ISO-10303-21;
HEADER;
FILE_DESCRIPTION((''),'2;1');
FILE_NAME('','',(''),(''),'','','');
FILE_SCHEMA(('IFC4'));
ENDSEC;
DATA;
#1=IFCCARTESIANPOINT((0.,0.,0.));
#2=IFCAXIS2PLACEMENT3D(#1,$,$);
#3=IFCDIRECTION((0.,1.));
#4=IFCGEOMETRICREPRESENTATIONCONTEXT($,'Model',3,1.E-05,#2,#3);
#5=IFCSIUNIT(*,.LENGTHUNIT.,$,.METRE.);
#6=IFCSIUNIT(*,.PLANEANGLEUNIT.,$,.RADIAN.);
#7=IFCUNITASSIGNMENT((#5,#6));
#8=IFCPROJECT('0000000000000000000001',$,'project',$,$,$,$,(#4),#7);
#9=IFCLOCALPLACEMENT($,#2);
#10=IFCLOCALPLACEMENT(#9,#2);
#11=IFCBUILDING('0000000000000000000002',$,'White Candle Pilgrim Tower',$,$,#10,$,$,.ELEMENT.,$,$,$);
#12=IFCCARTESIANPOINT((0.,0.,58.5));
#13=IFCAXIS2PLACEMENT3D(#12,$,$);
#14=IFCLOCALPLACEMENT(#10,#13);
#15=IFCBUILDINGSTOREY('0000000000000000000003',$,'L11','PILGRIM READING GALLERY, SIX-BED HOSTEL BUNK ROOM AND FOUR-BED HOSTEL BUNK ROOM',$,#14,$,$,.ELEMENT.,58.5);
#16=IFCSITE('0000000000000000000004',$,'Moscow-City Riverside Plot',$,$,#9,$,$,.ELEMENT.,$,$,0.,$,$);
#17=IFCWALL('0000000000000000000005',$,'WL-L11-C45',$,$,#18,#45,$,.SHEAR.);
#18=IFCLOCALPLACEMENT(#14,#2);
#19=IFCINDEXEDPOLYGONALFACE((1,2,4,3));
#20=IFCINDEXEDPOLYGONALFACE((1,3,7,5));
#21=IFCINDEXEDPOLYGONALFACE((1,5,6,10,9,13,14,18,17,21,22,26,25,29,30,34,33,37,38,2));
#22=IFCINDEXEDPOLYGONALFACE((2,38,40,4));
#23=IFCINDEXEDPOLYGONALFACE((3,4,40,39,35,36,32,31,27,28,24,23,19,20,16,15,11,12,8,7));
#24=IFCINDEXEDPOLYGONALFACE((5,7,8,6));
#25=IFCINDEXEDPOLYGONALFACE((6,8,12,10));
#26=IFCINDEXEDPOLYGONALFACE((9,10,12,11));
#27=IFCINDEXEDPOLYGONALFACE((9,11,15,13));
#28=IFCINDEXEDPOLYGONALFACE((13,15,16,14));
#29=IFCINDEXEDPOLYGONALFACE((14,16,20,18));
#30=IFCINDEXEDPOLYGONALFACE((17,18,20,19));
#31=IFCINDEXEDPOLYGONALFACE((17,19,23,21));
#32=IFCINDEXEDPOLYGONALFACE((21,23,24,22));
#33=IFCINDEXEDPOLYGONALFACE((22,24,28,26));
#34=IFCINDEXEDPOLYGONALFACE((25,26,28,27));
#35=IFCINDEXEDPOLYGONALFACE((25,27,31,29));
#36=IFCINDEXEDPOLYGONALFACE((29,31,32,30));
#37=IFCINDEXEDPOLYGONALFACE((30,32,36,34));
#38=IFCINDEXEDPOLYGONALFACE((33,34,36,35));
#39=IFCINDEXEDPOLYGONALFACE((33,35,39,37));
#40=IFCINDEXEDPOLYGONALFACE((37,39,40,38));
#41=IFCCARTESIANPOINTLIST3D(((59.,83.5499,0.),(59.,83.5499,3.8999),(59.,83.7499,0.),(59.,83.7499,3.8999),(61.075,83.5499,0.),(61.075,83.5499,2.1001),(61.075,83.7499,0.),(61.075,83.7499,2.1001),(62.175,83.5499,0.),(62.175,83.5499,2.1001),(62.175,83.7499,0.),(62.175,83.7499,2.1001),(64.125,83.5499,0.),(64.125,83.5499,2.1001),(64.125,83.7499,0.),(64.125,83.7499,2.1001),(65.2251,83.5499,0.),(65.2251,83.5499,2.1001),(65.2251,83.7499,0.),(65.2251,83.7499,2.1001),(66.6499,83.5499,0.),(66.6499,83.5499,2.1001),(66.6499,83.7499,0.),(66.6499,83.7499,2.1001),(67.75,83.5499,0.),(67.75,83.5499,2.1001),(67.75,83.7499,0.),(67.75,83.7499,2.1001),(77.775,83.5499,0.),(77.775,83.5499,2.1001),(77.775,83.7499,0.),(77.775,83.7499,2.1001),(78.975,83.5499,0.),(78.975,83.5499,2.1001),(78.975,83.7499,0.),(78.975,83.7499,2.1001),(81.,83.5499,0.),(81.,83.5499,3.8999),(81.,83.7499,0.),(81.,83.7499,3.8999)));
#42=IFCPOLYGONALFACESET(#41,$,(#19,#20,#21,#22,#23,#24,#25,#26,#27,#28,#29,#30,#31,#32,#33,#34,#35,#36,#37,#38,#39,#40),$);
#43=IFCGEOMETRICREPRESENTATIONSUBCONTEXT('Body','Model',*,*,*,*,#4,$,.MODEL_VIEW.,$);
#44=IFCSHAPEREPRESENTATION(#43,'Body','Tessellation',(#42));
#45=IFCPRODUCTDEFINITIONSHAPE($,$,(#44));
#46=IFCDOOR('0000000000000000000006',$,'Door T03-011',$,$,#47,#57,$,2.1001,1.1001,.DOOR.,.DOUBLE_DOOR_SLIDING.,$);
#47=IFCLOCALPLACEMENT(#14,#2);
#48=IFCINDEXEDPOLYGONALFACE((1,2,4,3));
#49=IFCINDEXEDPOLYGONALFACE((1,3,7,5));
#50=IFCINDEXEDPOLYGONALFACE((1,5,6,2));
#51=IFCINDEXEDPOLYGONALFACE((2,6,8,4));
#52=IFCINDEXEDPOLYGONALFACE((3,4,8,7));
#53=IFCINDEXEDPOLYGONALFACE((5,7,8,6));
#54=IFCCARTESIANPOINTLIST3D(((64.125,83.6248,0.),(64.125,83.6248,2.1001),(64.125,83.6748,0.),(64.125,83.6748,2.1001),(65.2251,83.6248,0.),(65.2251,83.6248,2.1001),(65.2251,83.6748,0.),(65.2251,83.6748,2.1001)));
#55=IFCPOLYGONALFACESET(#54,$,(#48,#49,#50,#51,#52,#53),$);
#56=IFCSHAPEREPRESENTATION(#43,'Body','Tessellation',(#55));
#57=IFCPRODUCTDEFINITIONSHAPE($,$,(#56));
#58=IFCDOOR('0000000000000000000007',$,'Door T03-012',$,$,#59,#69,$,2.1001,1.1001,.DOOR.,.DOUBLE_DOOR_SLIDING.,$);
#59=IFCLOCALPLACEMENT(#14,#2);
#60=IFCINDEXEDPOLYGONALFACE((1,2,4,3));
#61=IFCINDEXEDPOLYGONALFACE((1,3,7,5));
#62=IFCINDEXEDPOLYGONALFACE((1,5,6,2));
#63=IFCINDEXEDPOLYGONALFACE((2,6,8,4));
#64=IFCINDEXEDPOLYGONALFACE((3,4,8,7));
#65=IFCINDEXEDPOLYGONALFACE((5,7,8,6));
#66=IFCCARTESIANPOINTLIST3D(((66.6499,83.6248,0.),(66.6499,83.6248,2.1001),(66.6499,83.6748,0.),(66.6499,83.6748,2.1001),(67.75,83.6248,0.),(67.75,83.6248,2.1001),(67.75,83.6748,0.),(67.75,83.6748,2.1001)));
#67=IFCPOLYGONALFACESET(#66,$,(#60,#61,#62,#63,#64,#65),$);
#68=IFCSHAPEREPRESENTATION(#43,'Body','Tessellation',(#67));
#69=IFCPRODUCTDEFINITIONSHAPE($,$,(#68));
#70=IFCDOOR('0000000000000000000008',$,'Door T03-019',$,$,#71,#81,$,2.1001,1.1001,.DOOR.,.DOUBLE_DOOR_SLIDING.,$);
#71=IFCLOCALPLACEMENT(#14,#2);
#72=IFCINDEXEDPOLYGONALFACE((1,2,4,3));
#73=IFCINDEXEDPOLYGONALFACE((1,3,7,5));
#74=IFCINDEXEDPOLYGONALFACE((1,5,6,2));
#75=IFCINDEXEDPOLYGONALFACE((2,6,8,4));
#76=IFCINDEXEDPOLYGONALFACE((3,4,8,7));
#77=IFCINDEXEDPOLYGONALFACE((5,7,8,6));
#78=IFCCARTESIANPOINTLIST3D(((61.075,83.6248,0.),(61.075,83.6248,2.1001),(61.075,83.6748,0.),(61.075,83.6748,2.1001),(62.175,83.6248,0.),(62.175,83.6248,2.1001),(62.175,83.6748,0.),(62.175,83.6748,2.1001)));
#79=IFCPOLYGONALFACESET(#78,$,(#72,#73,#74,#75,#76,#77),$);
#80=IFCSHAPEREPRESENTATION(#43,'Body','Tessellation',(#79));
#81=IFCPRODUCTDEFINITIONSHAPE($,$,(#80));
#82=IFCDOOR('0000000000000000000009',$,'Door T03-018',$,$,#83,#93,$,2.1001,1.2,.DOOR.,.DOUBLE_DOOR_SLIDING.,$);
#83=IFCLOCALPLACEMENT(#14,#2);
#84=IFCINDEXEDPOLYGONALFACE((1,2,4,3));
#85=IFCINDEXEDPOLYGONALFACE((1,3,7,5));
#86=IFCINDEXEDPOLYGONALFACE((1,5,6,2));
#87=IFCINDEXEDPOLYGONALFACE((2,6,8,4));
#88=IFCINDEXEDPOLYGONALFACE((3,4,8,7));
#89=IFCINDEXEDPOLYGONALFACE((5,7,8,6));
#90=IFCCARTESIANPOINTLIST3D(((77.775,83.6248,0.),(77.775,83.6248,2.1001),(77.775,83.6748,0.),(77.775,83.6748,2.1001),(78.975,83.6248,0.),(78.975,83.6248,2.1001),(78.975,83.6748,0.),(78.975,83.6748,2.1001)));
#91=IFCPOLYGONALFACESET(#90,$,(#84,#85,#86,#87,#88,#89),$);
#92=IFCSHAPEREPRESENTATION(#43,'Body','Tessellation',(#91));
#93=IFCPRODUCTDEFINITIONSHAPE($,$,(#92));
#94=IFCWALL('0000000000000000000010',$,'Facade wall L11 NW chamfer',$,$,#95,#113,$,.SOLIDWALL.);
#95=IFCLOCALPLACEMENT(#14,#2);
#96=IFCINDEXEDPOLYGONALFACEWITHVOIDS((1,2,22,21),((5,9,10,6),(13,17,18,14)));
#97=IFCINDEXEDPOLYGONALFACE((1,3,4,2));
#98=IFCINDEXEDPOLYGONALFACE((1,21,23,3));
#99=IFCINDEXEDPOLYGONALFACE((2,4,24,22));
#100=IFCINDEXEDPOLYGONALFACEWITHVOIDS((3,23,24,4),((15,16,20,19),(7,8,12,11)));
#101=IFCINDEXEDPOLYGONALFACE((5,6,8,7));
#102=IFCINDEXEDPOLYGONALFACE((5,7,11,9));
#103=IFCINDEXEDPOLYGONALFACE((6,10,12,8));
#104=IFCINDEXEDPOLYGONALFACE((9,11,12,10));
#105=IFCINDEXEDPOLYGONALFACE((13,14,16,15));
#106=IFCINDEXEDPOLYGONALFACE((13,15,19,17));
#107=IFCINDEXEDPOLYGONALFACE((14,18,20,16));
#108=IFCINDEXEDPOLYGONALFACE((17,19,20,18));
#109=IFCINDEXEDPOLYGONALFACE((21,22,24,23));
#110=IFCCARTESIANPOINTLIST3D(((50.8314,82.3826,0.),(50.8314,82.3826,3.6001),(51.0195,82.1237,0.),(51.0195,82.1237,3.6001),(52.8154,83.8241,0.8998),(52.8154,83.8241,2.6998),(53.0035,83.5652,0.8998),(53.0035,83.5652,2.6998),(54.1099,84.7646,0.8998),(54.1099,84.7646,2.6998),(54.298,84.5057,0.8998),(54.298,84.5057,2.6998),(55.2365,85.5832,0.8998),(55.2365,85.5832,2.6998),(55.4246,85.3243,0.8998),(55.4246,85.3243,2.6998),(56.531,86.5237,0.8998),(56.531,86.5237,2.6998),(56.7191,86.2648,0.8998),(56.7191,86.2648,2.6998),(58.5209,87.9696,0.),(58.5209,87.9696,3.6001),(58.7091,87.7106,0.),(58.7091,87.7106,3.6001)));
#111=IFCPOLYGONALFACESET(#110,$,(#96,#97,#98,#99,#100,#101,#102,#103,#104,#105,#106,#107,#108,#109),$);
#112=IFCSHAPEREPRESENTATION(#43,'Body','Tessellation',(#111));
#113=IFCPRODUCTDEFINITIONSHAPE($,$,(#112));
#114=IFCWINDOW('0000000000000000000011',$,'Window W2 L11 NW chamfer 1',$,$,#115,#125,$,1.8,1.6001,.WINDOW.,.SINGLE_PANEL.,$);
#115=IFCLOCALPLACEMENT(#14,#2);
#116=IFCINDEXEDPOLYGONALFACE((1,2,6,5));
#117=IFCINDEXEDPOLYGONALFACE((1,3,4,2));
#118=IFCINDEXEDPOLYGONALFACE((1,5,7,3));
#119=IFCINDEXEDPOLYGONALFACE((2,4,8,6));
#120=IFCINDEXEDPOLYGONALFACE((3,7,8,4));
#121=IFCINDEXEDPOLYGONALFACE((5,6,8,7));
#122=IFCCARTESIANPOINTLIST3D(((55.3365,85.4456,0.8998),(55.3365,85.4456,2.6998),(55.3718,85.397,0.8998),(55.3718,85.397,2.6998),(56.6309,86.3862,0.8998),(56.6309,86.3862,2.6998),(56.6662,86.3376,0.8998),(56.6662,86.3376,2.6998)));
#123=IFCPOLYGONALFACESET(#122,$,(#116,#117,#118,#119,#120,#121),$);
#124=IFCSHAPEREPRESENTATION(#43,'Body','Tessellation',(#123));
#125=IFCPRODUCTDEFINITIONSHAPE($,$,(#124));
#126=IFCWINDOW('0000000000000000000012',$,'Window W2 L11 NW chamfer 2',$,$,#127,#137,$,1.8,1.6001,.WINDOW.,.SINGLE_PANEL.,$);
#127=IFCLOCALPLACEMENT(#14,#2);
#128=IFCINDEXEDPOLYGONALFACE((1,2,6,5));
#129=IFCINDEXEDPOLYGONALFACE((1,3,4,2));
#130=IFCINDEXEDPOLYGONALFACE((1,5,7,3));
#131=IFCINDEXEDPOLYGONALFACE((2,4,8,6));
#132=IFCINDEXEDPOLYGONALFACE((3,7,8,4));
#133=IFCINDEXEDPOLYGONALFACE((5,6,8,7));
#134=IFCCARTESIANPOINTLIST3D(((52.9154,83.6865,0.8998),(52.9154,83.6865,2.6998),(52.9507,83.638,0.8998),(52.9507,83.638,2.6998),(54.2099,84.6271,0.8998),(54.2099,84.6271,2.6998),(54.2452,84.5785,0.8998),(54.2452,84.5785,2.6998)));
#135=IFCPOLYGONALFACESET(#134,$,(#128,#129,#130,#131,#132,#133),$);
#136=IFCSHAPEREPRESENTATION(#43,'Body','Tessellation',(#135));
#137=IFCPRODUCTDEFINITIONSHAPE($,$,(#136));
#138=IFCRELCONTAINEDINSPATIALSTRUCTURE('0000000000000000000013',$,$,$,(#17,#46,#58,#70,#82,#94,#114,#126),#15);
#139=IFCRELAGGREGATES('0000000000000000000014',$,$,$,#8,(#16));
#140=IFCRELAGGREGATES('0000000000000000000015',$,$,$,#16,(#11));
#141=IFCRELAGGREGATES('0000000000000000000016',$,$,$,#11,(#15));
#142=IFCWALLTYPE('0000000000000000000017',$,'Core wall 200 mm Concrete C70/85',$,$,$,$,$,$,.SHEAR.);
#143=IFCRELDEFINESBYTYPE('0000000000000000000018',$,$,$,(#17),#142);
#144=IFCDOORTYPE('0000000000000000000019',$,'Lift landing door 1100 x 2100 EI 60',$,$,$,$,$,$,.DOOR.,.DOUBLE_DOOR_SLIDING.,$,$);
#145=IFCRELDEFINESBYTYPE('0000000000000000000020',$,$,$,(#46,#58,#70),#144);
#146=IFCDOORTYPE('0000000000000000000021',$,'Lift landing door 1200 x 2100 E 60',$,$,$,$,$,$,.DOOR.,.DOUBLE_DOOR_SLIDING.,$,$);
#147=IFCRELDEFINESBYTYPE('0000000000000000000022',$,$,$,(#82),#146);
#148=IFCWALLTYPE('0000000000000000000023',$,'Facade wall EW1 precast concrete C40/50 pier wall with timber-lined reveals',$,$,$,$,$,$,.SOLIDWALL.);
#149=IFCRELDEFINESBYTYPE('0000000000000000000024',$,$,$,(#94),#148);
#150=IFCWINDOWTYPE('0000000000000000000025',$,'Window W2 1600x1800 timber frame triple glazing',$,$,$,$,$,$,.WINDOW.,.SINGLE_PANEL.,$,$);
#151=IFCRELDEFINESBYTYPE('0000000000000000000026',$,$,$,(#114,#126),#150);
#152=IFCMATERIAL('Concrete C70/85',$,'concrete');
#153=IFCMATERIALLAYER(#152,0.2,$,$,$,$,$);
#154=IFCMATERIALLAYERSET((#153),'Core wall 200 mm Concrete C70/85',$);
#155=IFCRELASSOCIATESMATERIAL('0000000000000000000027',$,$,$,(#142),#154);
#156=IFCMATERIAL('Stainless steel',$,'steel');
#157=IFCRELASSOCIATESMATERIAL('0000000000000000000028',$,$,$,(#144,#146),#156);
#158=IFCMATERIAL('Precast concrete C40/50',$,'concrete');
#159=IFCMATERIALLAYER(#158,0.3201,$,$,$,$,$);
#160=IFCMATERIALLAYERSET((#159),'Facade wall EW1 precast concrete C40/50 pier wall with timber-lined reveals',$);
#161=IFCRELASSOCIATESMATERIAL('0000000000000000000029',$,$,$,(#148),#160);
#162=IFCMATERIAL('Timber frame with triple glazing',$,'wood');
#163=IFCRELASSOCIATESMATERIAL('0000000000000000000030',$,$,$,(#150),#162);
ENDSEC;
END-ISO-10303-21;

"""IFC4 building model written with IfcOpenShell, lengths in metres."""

from ifc_helpers import new_model, si_unit, direction, frame, frame_2d, origin, place, context, subcontext, project, spatial, rectangle, extrude, material, layer, layer_set, type_object, element, fill, save


model = new_model("IFC4")

# Units and contexts
model_context = context("Model", 3, precision=1e-05, world=origin(), true_north=direction((0.0, 1.0)))
body_context = subcontext(model_context, "Body", "Model", "MODEL_VIEW")
ifc_project = project(units=[si_unit("LENGTHUNIT", "METRE"), si_unit("PLANEANGLEUNIT", "RADIAN")], contexts=[model_context])

# Site, building, storey
site_placement = place(None, origin())
site = spatial("IfcSite", under=ifc_project, at=site_placement, Name="Moscow-City Riverside Plot", CompositionType="ELEMENT", RefElevation=0.0)
building_placement = place(site_placement, origin())
building = spatial("IfcBuilding", under=site, at=building_placement, Name="White Candle Pilgrim Tower", CompositionType="ELEMENT")
storey_placement = place(building_placement, frame((0.0, 0.0, 58.5)))
storey = spatial("IfcBuildingStorey", under=building, at=storey_placement, Name="L11", Description="PILGRIM READING GALLERY, SIX-BED HOSTEL BUNK ROOM AND FOUR-BED HOSTEL BUNK ROOM", CompositionType="ELEMENT", Elevation=58.5)

# Shared definitions
ifc_material_1 = material(Name="Concrete C70/85", Category="concrete")
ifc_layer_1 = layer(ifc_material_1, 0.2)
ifc_layer_set_1 = layer_set([ifc_layer_1], Name="Core wall 200 mm Concrete C70/85")
wall_type_1 = type_object("IfcWallType", Name="Core wall 200 mm Concrete C70/85", PredefinedType="SHEAR", material=ifc_layer_set_1)

# Wall, openings, doors
wall_1_placement = place(storey_placement, frame((59.0, 83.6499, 0.0), z_axis=(0.0, 0.0, 1.0), x_axis=(1.0, 0.0, 0.0)))
wall_1 = element("IfcWall", 1, at=wall_1_placement, inside=storey, type_object=wall_type_1, Name="WL-L11-C45", PredefinedType="SHEAR", context=body_context, shape_type="SweptSolid", body=[
    extrude(rectangle(XDim=22.0, YDim=0.2, at=frame_2d((11.0, 0.0))), origin(), (0.0, 0.0, 1.0), 3.8999),
])
opening_1_placement = place(wall_1_placement, frame((5.125, 0.0, 0.0)))
opening_1 = element("IfcOpeningElement", 2, at=opening_1_placement, cuts=wall_1, PredefinedType="OPENING", context=body_context, shape_type="SweptSolid", body=[
    extrude(rectangle(XDim=1.1001, YDim=2.1001, at=frame_2d((0.55, 1.05))), frame((0.0, 0.1099, 0.0), z_axis=(0.0, -1.0, 0.0), x_axis=(1.0, 0.0, 0.0)), (0.0, 0.0, 1.0), 0.22),
])
opening_2_placement = place(wall_1_placement, frame((7.6499, 0.0, 0.0)))
opening_2 = element("IfcOpeningElement", 3, at=opening_2_placement, cuts=wall_1, PredefinedType="OPENING", context=body_context, shape_type="SweptSolid", body=[
    extrude(rectangle(XDim=1.1001, YDim=2.1001, at=frame_2d((0.55, 1.05))), frame((0.0, 0.1099, 0.0), z_axis=(0.0, -1.0, 0.0), x_axis=(1.0, 0.0, 0.0)), (0.0, 0.0, 1.0), 0.22),
])
opening_3_placement = place(wall_1_placement, frame((18.7749, 0.0, 0.0)))
opening_3 = element("IfcOpeningElement", 4, at=opening_3_placement, cuts=wall_1, PredefinedType="OPENING", context=body_context, shape_type="SweptSolid", body=[
    extrude(rectangle(XDim=1.2, YDim=2.1001, at=frame_2d((0.6001, 1.05))), frame((0.0, 0.1099, 0.0), z_axis=(0.0, -1.0, 0.0), x_axis=(1.0, 0.0, 0.0)), (0.0, 0.0, 1.0), 0.22),
])
opening_4_placement = place(wall_1_placement, frame((2.075, 0.0, 0.0)))
opening_4 = element("IfcOpeningElement", 5, at=opening_4_placement, cuts=wall_1, PredefinedType="OPENING", context=body_context, shape_type="SweptSolid", body=[
    extrude(rectangle(XDim=1.1001, YDim=2.1001, at=frame_2d((0.55, 1.05))), frame((0.0, 0.1099, 0.0), z_axis=(0.0, -1.0, 0.0), x_axis=(1.0, 0.0, 0.0)), (0.0, 0.0, 1.0), 0.22),
])
ifc_material_2 = material(Name="Stainless steel", Category="steel")
door_type_1 = type_object("IfcDoorType", Name="Lift landing door 1100 x 2100 EI 60", OperationType="DOUBLE_DOOR_SLIDING", PredefinedType="DOOR", material=ifc_material_2)
door_1_placement = place(opening_1_placement, origin())
door_1 = element("IfcDoor", 6, at=door_1_placement, inside=storey, type_object=door_type_1, Name="Door T03-011", OperationType="DOUBLE_DOOR_SLIDING", OverallHeight=2.1001, OverallWidth=1.1001, PredefinedType="DOOR", context=body_context, shape_type="SweptSolid", body=[
    extrude(rectangle(XDim=1.1001, YDim=2.1001, at=frame_2d((0.55, 1.05))), frame((0.0, 0.0249, 0.0), z_axis=(0.0, -1.0, 0.0), x_axis=(1.0, 0.0, 0.0)), (0.0, 0.0, 1.0), 0.05),
])
fill(opening_1, door_1)
door_2_placement = place(opening_2_placement, origin())
door_2 = element("IfcDoor", 7, at=door_2_placement, inside=storey, type_object=door_type_1, Name="Door T03-012", OperationType="DOUBLE_DOOR_SLIDING", OverallHeight=2.1001, OverallWidth=1.1001, PredefinedType="DOOR", context=body_context, shape_type="SweptSolid", body=[
    extrude(rectangle(XDim=1.1001, YDim=2.1001, at=frame_2d((0.55, 1.05))), frame((0.0, 0.0249, 0.0), z_axis=(0.0, -1.0, 0.0), x_axis=(1.0, 0.0, 0.0)), (0.0, 0.0, 1.0), 0.05),
])
fill(opening_2, door_2)
door_3_placement = place(opening_4_placement, origin())
door_3 = element("IfcDoor", 8, at=door_3_placement, inside=storey, type_object=door_type_1, Name="Door T03-019", OperationType="DOUBLE_DOOR_SLIDING", OverallHeight=2.1001, OverallWidth=1.1001, PredefinedType="DOOR", context=body_context, shape_type="SweptSolid", body=[
    extrude(rectangle(XDim=1.1001, YDim=2.1001, at=frame_2d((0.55, 1.05))), frame((0.0, 0.0249, 0.0), z_axis=(0.0, -1.0, 0.0), x_axis=(1.0, 0.0, 0.0)), (0.0, 0.0, 1.0), 0.05),
])
fill(opening_4, door_3)
door_type_2 = type_object("IfcDoorType", Name="Lift landing door 1200 x 2100 E 60", OperationType="DOUBLE_DOOR_SLIDING", PredefinedType="DOOR", material=ifc_material_2)
door_4_placement = place(opening_3_placement, origin())
door_4 = element("IfcDoor", 9, at=door_4_placement, inside=storey, type_object=door_type_2, Name="Door T03-018", OperationType="DOUBLE_DOOR_SLIDING", OverallHeight=2.1001, OverallWidth=1.2, PredefinedType="DOOR", context=body_context, shape_type="SweptSolid", body=[
    extrude(rectangle(XDim=1.2, YDim=2.1001, at=frame_2d((0.6001, 1.05))), frame((0.0, 0.0249, 0.0), z_axis=(0.0, -1.0, 0.0), x_axis=(1.0, 0.0, 0.0)), (0.0, 0.0, 1.0), 0.05),
])
fill(opening_3, door_4)

# Wall, openings, windows
ifc_material_3 = material(Name="Precast concrete C40/50", Category="concrete")
ifc_layer_2 = layer(ifc_material_3, 0.3201)
ifc_layer_set_2 = layer_set([ifc_layer_2], Name="Facade wall EW1 precast concrete C40/50 pier wall with timber-lined reveals")
wall_type_2 = type_object("IfcWallType", Name="Facade wall EW1 precast concrete C40/50 pier wall with timber-lined reveals", PredefinedType="SOLIDWALL", material=ifc_layer_set_2)
wall_2_placement = place(storey_placement, frame((58.615, 87.8401, 0.0), z_axis=(0.0, 0.0, 1.0), x_axis=(-0.809007, -0.587799, 0.0)))
wall_2 = element("IfcWall", 10, at=wall_2_placement, inside=storey, type_object=wall_type_2, Name="Facade wall L11 NW chamfer", PredefinedType="SOLIDWALL", context=body_context, shape_type="SweptSolid", body=[
    extrude(rectangle(XDim=9.5049, YDim=0.3201, at=frame_2d((4.7524, 0.0))), origin(), (0.0, 0.0, 1.0), 3.6001),
])
opening_5_placement = place(wall_2_placement, frame((2.4597, 0.0, 0.8999)))
opening_5 = element("IfcOpeningElement", 11, at=opening_5_placement, cuts=wall_2, PredefinedType="OPENING", context=body_context, shape_type="SweptSolid", body=[
    extrude(rectangle(XDim=1.6001, YDim=1.8, at=frame_2d((0.8, 0.8999))), frame((0.0, 0.1699, 0.0), z_axis=(0.0, -1.0, 0.0), x_axis=(1.0, 0.0, 0.0)), (0.0, 0.0, 1.0), 0.3401),
])
opening_6_placement = place(wall_2_placement, frame((5.4524, 0.0, 0.8999)))
opening_6 = element("IfcOpeningElement", 12, at=opening_6_placement, cuts=wall_2, PredefinedType="OPENING", context=body_context, shape_type="SweptSolid", body=[
    extrude(rectangle(XDim=1.6001, YDim=1.8, at=frame_2d((0.8, 0.8999))), frame((0.0, 0.1699, 0.0), z_axis=(0.0, -1.0, 0.0), x_axis=(1.0, 0.0, 0.0)), (0.0, 0.0, 1.0), 0.3401),
])
ifc_material_4 = material(Name="Timber frame with triple glazing", Category="wood")
window_type_1 = type_object("IfcWindowType", Name="Window W2 1600x1800 timber frame triple glazing", PartitioningType="SINGLE_PANEL", PredefinedType="WINDOW", material=ifc_material_4)
window_1_placement = place(opening_5_placement, origin())
window_1 = element("IfcWindow", 13, at=window_1_placement, inside=storey, type_object=window_type_1, Name="Window W2 L11 NW chamfer 1", OverallHeight=1.8, OverallWidth=1.6001, PartitioningType="SINGLE_PANEL", PredefinedType="WINDOW", context=body_context, shape_type="SweptSolid", body=[
    extrude(rectangle(XDim=1.6001, YDim=1.8, at=frame_2d((0.8, 0.8999))), frame((0.0, 0.0701, 0.0), z_axis=(0.0, -1.0, 0.0), x_axis=(1.0, 0.0, 0.0)), (0.0, 0.0, 1.0), 0.0601),
])
fill(opening_5, window_1)
window_2_placement = place(opening_6_placement, origin())
window_2 = element("IfcWindow", 14, at=window_2_placement, inside=storey, type_object=window_type_1, Name="Window W2 L11 NW chamfer 2", OverallHeight=1.8, OverallWidth=1.6001, PartitioningType="SINGLE_PANEL", PredefinedType="WINDOW", context=body_context, shape_type="SweptSolid", body=[
    extrude(rectangle(XDim=1.6001, YDim=1.8, at=frame_2d((0.8, 0.8999))), frame((0.0, 0.0701, 0.0), z_axis=(0.0, -1.0, 0.0), x_axis=(1.0, 0.0, 0.0)), (0.0, 0.0, 1.0), 0.0601),
])
fill(opening_6, window_2)

save(model, "model.ifc")
